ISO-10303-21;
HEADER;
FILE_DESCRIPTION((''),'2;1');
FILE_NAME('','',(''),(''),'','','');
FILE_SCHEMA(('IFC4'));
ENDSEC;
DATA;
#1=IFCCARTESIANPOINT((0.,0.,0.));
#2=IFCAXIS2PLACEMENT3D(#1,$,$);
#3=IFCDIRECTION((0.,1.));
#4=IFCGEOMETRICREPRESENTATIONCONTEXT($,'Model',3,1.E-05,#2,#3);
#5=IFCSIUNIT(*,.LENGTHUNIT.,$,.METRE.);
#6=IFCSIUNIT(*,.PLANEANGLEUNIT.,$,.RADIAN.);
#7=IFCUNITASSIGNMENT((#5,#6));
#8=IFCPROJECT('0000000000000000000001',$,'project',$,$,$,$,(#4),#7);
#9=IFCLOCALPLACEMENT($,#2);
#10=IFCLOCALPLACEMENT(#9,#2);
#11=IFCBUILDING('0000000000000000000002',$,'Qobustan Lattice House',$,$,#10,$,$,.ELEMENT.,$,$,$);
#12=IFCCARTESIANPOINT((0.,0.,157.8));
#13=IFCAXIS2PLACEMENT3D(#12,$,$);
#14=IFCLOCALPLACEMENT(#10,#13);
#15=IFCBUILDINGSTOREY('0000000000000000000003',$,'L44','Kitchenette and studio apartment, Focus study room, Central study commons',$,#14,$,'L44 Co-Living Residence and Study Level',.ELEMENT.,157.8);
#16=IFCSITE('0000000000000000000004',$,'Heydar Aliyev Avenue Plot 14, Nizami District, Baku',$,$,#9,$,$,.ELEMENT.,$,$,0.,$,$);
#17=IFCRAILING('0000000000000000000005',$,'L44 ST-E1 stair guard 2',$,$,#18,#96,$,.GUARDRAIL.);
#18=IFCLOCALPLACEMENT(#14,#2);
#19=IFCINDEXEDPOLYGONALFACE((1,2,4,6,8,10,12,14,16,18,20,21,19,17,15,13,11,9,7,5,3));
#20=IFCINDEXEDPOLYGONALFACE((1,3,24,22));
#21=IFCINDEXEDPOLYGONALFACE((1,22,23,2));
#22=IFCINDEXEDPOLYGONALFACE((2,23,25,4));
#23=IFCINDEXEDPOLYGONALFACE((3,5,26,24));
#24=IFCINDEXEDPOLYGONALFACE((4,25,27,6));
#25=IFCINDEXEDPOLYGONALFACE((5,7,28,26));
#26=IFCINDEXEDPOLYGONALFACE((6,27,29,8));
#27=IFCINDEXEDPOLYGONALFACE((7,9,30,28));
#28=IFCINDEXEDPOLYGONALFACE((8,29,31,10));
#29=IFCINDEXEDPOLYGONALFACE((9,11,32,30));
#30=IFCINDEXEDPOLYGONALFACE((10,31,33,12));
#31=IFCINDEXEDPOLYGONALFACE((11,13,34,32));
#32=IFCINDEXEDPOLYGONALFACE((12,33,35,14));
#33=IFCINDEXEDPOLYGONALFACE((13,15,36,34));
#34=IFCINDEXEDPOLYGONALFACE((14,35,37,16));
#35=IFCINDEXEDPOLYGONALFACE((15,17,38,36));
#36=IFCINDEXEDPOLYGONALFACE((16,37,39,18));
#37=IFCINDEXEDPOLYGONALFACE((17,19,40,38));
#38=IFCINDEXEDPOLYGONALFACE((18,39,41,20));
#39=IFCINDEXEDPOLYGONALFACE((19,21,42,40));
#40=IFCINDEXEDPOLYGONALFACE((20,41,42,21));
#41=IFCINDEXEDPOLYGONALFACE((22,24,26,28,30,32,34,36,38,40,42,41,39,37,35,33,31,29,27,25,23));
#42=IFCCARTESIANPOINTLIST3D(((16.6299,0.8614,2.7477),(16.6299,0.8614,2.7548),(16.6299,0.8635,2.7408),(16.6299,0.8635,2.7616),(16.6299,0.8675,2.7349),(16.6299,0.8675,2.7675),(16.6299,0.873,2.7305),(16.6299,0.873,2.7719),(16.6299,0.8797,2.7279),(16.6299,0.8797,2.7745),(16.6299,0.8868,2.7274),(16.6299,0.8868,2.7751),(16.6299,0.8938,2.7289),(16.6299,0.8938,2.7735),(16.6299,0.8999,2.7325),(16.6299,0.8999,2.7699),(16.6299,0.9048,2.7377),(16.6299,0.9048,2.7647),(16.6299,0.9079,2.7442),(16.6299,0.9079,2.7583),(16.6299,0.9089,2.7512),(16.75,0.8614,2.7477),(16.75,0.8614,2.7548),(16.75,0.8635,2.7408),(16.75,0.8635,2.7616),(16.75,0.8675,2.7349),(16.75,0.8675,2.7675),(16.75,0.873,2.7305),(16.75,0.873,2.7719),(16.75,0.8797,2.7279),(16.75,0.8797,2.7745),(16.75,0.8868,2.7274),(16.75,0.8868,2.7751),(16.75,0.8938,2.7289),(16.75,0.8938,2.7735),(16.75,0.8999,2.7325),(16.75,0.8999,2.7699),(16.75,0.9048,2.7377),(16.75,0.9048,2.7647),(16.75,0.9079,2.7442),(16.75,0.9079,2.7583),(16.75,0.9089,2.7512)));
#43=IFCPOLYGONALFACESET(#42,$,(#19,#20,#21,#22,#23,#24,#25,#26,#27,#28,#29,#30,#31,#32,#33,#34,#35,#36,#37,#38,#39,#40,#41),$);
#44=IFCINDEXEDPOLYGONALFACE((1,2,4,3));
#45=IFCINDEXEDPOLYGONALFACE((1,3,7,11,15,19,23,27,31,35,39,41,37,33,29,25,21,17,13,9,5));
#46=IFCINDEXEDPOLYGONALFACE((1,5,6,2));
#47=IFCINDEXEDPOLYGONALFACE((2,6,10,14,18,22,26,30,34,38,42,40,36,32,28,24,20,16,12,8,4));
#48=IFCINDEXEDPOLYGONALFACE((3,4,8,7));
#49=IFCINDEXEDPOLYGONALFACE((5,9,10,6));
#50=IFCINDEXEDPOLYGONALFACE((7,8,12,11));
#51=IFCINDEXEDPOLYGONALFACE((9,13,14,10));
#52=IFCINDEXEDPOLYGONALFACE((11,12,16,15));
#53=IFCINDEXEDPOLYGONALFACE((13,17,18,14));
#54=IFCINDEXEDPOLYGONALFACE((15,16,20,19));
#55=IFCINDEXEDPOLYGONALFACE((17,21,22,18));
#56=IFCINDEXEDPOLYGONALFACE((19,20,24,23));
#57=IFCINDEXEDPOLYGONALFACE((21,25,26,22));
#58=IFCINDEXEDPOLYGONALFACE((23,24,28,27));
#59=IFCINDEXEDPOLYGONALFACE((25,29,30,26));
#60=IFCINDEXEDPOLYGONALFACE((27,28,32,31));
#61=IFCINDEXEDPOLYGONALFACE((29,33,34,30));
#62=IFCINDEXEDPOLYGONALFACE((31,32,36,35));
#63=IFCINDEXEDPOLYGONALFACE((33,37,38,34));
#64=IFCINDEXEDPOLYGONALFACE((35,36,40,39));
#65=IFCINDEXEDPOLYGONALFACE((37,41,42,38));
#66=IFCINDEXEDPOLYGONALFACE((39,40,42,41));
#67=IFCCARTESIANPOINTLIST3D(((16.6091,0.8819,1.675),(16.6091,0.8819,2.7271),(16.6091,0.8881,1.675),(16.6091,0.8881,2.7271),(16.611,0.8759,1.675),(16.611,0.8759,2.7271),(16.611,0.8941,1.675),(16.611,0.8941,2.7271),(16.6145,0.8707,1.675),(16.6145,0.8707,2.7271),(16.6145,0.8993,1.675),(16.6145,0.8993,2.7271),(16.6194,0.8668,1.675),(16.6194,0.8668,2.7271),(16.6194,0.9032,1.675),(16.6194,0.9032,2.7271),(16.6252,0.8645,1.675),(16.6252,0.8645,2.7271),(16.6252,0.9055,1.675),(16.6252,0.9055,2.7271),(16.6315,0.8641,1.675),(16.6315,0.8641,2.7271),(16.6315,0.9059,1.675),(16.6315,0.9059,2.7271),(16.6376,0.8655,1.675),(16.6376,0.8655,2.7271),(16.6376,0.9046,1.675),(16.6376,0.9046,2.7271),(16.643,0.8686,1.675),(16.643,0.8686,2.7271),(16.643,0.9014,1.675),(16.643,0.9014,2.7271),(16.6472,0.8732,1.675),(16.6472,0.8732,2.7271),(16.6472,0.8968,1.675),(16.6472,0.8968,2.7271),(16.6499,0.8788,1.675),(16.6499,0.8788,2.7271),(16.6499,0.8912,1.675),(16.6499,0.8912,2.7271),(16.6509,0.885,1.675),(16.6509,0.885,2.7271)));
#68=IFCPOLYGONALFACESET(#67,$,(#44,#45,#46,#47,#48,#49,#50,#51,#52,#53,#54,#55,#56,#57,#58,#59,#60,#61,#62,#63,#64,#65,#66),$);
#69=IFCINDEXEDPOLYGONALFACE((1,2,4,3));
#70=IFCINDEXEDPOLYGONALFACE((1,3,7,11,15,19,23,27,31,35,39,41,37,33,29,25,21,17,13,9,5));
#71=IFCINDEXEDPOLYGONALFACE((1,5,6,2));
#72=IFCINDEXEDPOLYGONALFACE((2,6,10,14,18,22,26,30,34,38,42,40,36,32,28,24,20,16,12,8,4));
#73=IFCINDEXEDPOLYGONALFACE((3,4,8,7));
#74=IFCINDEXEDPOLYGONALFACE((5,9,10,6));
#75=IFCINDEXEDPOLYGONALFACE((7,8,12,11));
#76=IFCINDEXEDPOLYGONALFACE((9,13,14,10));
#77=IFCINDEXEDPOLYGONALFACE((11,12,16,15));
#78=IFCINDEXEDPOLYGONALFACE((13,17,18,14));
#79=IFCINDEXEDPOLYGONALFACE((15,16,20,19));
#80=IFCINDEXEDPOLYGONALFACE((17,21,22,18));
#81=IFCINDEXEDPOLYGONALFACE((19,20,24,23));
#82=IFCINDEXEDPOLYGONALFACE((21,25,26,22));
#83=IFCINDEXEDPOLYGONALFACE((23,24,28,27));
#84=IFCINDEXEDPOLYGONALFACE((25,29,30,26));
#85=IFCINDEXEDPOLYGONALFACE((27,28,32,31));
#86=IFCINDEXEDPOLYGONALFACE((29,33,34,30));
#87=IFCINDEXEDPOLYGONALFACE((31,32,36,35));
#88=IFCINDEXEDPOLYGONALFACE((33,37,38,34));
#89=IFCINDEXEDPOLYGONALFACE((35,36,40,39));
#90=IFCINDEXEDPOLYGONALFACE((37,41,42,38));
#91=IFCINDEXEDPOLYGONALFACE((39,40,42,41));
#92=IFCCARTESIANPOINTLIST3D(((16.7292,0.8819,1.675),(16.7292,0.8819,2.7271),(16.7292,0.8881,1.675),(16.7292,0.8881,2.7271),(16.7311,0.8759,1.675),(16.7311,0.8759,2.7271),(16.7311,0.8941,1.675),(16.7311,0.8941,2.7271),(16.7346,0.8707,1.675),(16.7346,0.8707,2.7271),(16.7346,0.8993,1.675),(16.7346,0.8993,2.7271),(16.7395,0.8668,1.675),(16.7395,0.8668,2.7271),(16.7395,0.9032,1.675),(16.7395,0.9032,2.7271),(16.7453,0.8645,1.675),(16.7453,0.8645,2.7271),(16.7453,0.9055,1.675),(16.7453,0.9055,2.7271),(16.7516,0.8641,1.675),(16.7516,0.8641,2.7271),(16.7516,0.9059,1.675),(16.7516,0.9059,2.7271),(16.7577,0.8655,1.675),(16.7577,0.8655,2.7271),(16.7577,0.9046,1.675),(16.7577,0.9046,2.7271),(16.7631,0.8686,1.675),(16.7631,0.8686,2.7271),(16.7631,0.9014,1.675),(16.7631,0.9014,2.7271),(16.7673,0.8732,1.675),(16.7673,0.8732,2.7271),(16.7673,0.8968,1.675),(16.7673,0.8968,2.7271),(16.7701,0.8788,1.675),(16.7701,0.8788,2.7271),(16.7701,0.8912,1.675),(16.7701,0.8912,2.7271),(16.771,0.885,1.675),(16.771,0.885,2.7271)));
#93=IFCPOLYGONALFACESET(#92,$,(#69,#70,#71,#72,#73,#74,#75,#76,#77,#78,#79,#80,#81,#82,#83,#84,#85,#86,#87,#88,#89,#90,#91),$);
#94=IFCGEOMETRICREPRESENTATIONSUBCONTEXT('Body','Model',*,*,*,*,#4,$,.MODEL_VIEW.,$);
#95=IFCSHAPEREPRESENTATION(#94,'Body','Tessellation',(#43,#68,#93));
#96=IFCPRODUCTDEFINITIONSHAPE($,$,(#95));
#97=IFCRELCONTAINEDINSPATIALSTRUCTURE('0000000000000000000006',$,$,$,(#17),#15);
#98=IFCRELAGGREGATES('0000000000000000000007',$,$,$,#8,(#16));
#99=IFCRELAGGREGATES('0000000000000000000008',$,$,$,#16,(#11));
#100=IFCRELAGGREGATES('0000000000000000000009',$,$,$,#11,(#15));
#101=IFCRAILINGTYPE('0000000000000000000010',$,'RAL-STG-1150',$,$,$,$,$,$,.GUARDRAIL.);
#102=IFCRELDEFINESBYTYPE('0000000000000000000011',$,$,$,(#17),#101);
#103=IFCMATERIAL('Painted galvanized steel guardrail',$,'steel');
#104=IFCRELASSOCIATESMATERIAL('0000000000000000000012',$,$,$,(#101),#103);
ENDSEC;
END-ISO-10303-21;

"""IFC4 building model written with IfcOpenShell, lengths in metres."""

from ifc_helpers import new_model, si_unit, direction, frame, origin, origin_2d, place, context, subcontext, project, spatial, circle, extrude, material, type_object, element, save


model = new_model("IFC4")

# Units and contexts
model_context = context("Model", 3, precision=1e-05, world=origin(), true_north=direction((0.0, 1.0)))
body_context = subcontext(model_context, "Body", "Model", "MODEL_VIEW")
ifc_project = project(units=[si_unit("LENGTHUNIT", "METRE"), si_unit("PLANEANGLEUNIT", "RADIAN")], contexts=[model_context])

# Site, building, storey
site_placement = place(None, origin())
site = spatial("IfcSite", under=ifc_project, at=site_placement, Name="Heydar Aliyev Avenue Plot 14, Nizami District, Baku", CompositionType="ELEMENT", RefElevation=0.0)
building_placement = place(site_placement, origin())
building = spatial("IfcBuilding", under=site, at=building_placement, Name="Qobustan Lattice House", CompositionType="ELEMENT")
storey_placement = place(building_placement, frame((0.0, 0.0, 157.8)))
storey = spatial("IfcBuildingStorey", under=building, at=storey_placement, Name="L44", Description="Kitchenette and studio apartment, Focus study room, Central study commons", LongName="L44 Co-Living Residence and Study Level", CompositionType="ELEMENT", Elevation=157.8)

# Railing
ifc_material_1 = material(Name="Painted galvanized steel guardrail", Category="steel")
railing_type_1 = type_object("IfcRailingType", Name="RAL-STG-1150", PredefinedType="GUARDRAIL", material=ifc_material_1)
railing_1_placement = place(storey_placement, frame((16.6299, 0.885, 1.675)))
element("IfcRailing", 1, at=railing_1_placement, inside=storey, type_object=railing_type_1, Name="L44 ST-E1 stair guard 2", PredefinedType="GUARDRAIL", context=body_context, shape_type="SweptSolid", body=[
    extrude(circle(Radius=0.0239, at=origin_2d()), frame((0.0, 0.0, 1.0762), z_axis=(1.0, 0.0, 0.0), x_axis=(0.0, 1.0, 0.0)), (0.0, 0.0, 1.0), 0.1201),
    extrude(circle(Radius=0.021, at=origin_2d()), origin(), (0.0, 0.0, 1.0), 1.052),
    extrude(circle(Radius=0.021, at=origin_2d()), frame((0.1201, 0.0, 0.0)), (0.0, 0.0, 1.0), 1.052),
])

save(model, "model.ifc")
